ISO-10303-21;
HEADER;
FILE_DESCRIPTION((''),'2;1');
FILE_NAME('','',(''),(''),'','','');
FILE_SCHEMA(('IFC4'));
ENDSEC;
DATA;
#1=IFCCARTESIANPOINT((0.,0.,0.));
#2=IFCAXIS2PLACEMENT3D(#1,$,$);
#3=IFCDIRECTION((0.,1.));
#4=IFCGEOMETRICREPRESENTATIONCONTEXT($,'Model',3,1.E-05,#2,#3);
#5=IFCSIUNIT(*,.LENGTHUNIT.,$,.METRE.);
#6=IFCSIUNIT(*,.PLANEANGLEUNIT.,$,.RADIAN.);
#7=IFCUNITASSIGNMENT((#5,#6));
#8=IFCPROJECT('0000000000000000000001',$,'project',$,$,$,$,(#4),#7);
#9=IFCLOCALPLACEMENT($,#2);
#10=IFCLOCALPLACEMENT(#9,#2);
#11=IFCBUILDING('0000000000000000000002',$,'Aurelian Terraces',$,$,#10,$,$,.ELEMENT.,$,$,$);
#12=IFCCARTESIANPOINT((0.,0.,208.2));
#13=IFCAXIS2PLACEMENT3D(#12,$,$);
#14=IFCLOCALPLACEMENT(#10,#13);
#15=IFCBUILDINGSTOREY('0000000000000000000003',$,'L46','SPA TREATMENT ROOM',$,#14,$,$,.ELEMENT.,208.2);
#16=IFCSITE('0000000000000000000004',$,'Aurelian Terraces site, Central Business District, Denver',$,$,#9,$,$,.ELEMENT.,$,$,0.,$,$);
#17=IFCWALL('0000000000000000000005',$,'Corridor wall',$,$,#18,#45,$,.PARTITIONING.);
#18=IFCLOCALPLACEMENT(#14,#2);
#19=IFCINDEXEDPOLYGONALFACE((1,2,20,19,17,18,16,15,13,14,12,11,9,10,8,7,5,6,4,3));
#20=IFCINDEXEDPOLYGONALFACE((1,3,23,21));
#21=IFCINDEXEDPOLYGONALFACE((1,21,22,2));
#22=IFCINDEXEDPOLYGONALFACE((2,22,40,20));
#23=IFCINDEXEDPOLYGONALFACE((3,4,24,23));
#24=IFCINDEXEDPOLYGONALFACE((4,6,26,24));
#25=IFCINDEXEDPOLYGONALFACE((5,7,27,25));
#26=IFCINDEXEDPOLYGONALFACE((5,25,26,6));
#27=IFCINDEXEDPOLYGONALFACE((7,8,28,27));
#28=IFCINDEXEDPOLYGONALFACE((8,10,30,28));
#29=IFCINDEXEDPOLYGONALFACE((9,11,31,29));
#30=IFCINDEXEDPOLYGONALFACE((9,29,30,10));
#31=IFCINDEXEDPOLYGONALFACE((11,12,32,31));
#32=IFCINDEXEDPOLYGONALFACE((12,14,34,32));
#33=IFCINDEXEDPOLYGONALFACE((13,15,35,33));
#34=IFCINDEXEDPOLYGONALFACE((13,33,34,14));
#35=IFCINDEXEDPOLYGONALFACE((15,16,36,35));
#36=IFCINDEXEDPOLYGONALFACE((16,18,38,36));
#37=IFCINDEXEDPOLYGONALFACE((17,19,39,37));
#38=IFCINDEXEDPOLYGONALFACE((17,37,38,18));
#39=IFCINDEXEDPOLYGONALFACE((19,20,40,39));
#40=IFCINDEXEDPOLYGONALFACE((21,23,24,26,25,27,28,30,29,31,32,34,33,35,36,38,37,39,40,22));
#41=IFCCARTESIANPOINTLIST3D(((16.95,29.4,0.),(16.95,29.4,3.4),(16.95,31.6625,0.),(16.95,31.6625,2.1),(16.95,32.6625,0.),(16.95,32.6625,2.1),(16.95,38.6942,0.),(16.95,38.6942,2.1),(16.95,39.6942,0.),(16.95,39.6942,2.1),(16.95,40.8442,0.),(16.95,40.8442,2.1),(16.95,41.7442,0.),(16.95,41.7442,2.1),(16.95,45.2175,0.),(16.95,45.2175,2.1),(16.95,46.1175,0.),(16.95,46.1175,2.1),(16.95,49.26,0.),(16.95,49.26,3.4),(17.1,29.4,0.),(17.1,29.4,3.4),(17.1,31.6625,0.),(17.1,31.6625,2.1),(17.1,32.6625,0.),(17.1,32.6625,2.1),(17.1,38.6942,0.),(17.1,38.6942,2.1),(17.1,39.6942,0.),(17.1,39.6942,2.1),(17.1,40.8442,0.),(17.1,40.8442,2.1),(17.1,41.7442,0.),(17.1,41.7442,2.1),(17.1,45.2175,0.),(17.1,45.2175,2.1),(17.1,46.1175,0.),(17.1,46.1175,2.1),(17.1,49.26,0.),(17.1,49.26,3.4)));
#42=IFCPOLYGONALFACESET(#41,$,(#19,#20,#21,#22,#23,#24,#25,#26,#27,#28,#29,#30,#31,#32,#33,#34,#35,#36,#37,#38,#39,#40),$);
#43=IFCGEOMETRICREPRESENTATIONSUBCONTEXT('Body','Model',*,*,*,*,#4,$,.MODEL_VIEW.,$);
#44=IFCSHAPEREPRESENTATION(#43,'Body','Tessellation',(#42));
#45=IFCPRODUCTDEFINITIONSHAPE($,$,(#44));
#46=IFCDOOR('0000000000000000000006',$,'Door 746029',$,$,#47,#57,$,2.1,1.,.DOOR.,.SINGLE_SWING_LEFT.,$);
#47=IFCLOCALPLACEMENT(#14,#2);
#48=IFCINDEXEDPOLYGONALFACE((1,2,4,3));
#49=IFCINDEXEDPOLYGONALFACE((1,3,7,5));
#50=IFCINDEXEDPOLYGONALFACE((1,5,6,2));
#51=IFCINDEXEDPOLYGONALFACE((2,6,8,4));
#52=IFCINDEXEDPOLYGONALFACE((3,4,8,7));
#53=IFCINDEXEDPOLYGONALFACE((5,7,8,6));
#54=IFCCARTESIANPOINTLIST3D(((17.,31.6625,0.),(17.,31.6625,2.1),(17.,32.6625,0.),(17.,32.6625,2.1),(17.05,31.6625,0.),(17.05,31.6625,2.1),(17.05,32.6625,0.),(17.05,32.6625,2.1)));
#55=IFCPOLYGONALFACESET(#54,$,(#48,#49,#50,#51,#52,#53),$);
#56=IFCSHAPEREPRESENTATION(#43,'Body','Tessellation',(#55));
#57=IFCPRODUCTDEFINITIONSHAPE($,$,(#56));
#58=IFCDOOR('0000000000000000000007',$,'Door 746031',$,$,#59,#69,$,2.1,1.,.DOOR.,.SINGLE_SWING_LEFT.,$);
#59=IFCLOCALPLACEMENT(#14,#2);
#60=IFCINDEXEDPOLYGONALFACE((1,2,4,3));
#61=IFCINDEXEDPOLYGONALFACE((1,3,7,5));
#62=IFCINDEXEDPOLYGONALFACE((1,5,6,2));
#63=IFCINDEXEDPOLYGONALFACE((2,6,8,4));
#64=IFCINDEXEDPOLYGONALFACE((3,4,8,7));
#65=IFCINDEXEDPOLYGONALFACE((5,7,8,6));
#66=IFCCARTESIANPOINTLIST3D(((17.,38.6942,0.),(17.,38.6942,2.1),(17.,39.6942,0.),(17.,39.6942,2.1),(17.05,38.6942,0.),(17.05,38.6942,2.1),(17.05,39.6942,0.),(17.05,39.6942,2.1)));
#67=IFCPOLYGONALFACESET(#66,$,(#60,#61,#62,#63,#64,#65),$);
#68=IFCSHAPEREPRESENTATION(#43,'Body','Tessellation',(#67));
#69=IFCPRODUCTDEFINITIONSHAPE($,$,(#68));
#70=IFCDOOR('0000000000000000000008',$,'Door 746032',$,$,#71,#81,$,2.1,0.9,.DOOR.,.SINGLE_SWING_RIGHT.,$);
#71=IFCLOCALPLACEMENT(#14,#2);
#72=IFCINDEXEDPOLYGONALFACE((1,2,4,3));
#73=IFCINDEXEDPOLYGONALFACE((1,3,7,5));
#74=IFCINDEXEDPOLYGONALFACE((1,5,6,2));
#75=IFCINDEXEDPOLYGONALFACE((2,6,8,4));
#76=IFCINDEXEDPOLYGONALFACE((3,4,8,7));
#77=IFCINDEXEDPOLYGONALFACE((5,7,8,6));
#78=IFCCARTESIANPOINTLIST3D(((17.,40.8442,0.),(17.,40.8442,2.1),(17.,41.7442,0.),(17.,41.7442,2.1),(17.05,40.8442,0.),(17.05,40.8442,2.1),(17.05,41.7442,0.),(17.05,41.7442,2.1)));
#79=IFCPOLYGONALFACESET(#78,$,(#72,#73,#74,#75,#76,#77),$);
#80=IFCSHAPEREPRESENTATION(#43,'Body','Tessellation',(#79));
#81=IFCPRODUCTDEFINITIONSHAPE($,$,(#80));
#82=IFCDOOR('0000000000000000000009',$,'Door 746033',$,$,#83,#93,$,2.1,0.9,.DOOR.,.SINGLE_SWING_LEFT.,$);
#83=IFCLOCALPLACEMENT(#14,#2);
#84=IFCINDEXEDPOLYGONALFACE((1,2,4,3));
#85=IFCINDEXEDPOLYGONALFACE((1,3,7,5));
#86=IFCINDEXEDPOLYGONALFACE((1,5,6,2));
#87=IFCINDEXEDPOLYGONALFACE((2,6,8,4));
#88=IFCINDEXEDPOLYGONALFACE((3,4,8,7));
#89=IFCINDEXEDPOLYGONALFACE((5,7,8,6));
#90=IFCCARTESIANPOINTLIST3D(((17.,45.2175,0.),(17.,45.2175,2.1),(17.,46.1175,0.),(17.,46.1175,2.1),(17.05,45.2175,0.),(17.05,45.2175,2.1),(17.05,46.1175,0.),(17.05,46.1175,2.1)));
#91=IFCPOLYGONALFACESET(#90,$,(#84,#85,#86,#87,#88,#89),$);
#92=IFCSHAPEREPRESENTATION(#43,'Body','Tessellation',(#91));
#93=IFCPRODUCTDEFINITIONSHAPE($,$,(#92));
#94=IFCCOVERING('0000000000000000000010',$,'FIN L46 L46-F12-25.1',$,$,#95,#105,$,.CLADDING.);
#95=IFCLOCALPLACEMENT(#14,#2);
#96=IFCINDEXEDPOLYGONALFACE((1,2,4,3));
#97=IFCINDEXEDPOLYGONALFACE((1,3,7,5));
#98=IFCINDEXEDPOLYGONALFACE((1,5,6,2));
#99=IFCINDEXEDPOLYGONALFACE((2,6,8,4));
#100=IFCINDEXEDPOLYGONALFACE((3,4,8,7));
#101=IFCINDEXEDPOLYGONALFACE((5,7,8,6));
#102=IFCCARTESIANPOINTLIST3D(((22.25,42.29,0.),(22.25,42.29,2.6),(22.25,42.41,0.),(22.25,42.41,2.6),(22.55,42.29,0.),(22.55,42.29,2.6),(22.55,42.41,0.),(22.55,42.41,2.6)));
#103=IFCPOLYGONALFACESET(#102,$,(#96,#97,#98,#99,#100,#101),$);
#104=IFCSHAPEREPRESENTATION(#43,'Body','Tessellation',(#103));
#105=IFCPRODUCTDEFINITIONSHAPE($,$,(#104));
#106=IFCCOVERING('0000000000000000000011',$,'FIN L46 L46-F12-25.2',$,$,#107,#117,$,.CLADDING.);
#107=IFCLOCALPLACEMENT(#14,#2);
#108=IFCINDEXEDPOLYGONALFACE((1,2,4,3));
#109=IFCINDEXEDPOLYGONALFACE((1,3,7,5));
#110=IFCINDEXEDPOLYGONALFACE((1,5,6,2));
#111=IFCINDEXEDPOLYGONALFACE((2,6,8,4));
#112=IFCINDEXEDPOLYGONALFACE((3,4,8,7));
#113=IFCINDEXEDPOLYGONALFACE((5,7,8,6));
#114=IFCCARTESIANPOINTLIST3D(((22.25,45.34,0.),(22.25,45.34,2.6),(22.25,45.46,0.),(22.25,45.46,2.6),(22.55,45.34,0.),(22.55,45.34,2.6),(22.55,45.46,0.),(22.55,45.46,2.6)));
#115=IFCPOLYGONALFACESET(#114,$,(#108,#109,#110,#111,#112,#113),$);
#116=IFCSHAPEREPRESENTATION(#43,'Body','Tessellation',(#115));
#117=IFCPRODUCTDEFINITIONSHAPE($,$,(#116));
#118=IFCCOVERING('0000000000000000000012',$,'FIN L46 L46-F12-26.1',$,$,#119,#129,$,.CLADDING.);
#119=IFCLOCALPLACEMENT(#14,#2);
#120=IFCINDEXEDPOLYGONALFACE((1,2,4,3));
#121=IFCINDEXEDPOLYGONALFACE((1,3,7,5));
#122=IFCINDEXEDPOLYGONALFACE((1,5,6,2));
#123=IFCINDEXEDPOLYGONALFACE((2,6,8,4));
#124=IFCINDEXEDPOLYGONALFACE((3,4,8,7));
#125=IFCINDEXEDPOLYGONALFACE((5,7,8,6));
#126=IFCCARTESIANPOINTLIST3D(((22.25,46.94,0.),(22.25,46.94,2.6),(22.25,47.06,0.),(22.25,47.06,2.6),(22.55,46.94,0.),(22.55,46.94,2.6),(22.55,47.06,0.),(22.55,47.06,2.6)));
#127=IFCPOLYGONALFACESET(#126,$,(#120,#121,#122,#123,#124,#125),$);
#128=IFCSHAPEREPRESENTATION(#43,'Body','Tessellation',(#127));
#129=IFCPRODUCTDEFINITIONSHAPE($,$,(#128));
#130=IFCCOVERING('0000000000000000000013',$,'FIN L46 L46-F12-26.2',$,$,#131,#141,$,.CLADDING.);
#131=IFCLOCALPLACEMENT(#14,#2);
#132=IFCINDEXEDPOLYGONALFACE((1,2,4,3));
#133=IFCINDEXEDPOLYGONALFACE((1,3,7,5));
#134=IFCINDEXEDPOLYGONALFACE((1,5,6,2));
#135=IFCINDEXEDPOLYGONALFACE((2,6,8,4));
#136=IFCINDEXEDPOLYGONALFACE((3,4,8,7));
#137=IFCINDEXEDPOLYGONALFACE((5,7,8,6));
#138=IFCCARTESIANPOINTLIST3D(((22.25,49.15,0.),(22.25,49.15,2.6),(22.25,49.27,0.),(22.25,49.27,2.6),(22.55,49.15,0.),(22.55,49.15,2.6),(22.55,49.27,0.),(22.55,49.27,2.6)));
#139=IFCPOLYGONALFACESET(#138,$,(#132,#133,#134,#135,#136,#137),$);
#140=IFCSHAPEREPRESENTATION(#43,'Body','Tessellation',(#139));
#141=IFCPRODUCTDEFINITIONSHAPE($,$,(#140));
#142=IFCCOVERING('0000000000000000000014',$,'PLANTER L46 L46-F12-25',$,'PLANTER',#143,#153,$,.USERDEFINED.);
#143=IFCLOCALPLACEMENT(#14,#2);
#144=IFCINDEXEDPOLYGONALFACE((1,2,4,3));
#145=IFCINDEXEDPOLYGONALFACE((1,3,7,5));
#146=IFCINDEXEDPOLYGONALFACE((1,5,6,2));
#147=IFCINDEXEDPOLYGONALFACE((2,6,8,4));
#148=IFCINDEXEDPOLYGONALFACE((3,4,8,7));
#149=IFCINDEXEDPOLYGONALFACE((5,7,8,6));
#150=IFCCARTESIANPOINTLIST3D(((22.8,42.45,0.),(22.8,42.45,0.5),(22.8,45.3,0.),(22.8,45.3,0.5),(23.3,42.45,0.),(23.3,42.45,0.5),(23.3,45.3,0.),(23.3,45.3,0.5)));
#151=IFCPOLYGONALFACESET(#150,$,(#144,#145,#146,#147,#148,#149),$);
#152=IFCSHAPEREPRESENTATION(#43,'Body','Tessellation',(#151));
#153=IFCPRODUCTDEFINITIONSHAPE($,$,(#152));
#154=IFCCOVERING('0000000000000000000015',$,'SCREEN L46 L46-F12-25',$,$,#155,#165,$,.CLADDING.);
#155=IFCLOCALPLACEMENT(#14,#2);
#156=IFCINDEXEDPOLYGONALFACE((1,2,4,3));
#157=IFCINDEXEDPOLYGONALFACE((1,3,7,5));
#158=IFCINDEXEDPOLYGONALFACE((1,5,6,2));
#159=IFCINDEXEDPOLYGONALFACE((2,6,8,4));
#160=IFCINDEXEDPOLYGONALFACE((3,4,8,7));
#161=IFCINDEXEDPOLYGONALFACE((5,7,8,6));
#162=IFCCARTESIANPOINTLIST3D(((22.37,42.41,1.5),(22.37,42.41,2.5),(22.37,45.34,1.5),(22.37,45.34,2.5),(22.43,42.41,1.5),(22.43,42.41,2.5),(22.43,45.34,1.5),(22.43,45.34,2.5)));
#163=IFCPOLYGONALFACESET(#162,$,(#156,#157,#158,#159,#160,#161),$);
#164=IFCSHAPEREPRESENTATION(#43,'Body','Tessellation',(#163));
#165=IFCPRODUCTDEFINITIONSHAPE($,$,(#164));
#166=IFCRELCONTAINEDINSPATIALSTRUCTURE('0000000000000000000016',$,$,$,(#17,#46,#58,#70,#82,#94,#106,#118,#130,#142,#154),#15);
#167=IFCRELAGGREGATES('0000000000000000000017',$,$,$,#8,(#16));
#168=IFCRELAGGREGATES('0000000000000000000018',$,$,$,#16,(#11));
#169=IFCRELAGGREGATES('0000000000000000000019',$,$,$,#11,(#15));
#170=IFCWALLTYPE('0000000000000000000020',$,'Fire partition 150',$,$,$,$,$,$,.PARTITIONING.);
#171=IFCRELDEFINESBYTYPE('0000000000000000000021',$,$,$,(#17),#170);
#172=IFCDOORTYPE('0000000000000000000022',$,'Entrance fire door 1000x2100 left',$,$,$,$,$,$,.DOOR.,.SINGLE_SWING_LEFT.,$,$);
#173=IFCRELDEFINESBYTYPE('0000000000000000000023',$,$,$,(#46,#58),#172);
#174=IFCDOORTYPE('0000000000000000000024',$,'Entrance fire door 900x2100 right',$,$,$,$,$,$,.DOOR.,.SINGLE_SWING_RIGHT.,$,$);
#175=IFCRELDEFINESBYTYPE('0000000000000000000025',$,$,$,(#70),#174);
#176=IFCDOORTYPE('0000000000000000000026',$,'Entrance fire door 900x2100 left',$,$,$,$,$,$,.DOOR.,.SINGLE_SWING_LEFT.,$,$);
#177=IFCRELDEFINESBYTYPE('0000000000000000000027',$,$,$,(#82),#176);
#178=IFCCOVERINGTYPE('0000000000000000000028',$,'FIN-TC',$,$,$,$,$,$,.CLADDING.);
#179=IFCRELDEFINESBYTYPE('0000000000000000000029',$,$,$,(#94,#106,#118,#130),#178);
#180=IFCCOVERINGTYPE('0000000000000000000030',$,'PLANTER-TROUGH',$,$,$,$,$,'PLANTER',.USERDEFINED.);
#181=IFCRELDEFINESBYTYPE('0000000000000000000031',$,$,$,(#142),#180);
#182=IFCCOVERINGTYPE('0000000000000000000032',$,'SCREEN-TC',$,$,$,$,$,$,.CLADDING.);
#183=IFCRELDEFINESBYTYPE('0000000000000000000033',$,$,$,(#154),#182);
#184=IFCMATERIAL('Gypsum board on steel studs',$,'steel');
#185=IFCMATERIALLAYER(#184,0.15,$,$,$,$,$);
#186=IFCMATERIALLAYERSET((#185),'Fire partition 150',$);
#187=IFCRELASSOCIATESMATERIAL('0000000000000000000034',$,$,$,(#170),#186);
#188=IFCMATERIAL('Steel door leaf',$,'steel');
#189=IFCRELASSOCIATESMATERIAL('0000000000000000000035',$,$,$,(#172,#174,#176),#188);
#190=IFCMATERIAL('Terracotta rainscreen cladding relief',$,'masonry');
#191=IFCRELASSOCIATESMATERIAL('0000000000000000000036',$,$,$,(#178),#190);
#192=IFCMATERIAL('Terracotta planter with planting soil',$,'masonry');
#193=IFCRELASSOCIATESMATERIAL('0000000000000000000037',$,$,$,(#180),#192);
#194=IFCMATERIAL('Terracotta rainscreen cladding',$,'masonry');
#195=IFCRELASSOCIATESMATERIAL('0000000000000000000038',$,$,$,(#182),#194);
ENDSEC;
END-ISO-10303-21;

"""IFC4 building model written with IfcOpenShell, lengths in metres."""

from ifc_helpers import new_model, si_unit, direction, frame, frame_2d, origin, origin_2d, place, context, subcontext, project, spatial, rectangle, extrude, source, transform, mapped, material, layer, layer_set, type_object, element, fill, save


model = new_model("IFC4")

# Units and contexts
model_context = context("Model", 3, precision=1e-05, world=origin(), true_north=direction((0.0, 1.0)))
body_context = subcontext(model_context, "Body", "Model", "MODEL_VIEW")
ifc_project = project(units=[si_unit("LENGTHUNIT", "METRE"), si_unit("PLANEANGLEUNIT", "RADIAN")], contexts=[model_context])

# Site, building, storey
site_placement = place(None, origin())
site = spatial("IfcSite", under=ifc_project, at=site_placement, Name="Aurelian Terraces site, Central Business District, Denver", CompositionType="ELEMENT", RefElevation=0.0)
building_placement = place(site_placement, origin())
building = spatial("IfcBuilding", under=site, at=building_placement, Name="Aurelian Terraces", CompositionType="ELEMENT")
storey_placement = place(building_placement, frame((0.0, 0.0, 208.2)))
storey = spatial("IfcBuildingStorey", under=building, at=storey_placement, Name="L46", Description="SPA TREATMENT ROOM", CompositionType="ELEMENT", Elevation=208.2)

# Shared definitions
ifc_material_1 = material(Name="Terracotta rainscreen cladding", Category="masonry")

# Shared definitions
ifc_material_2 = material(Name="Gypsum board on steel studs", Category="steel")
ifc_layer_1 = layer(ifc_material_2, 0.15)
ifc_layer_set_1 = layer_set([ifc_layer_1], Name="Fire partition 150")
wall_type_1 = type_object("IfcWallType", Name="Fire partition 150", PredefinedType="PARTITIONING", material=ifc_layer_set_1)
ifc_material_3 = material(Name="Steel door leaf", Category="steel")

# Wall, openings, doors
shared_shape_1 = source(origin(), body_context, "Body", "SweptSolid", [
    extrude(rectangle(XDim=19.86, YDim=0.15, at=frame_2d((9.93, 0.0))), origin(), (0.0, 0.0, 1.0), 3.4),
])
wall_1_placement = place(storey_placement, frame((17.025, 49.26, 0.0), z_axis=(0.0, 0.0, 1.0), x_axis=(0.0, -1.0, 0.0)))
wall_1 = element("IfcWall", 1, at=wall_1_placement, inside=storey, type_object=wall_type_1, Name="Corridor wall", PredefinedType="PARTITIONING", context=body_context, shape_type="MappedRepresentation", body=[
    mapped(shared_shape_1, transform((0.0, 0.0, 0.0), scale=1.0)),
])
shared_shape_2 = source(origin(), body_context, "Body", "SweptSolid", [
    extrude(rectangle(XDim=1.0, YDim=2.1, at=frame_2d((0.5, 1.05))), frame((0.0, 0.085, 0.0), z_axis=(0.0, -1.0, 0.0), x_axis=(1.0, 0.0, 0.0)), (0.0, 0.0, 1.0), 0.17),
])
opening_1_placement = place(wall_1_placement, frame((16.5975, 0.0, 0.0)))
opening_1 = element("IfcOpeningElement", 2, at=opening_1_placement, cuts=wall_1, PredefinedType="OPENING", context=body_context, shape_type="MappedRepresentation", body=[
    mapped(shared_shape_2, transform((0.0, 0.0, 0.0), scale=1.0)),
])
opening_2_placement = place(wall_1_placement, frame((9.5658, 0.0, 0.0)))
opening_2 = element("IfcOpeningElement", 3, at=opening_2_placement, cuts=wall_1, PredefinedType="OPENING", context=body_context, shape_type="MappedRepresentation", body=[
    mapped(shared_shape_2, transform((0.0, 0.0, 0.0), scale=1.0)),
])
shared_shape_3 = source(origin(), body_context, "Body", "SweptSolid", [
    extrude(rectangle(XDim=0.9, YDim=2.1, at=frame_2d((0.45, 1.05))), frame((0.0, 0.085, 0.0), z_axis=(0.0, -1.0, 0.0), x_axis=(1.0, 0.0, 0.0)), (0.0, 0.0, 1.0), 0.17),
])
opening_3_placement = place(wall_1_placement, frame((7.5158, 0.0, 0.0)))
opening_3 = element("IfcOpeningElement", 4, at=opening_3_placement, cuts=wall_1, PredefinedType="OPENING", context=body_context, shape_type="MappedRepresentation", body=[
    mapped(shared_shape_3, transform((0.0, 0.0, 0.0), scale=1.0)),
])
opening_4_placement = place(wall_1_placement, frame((3.1425, 0.0, 0.0)))
opening_4 = element("IfcOpeningElement", 5, at=opening_4_placement, cuts=wall_1, PredefinedType="OPENING", context=body_context, shape_type="MappedRepresentation", body=[
    mapped(shared_shape_3, transform((0.0, 0.0, 0.0), scale=1.0)),
])
door_type_1 = type_object("IfcDoorType", Name="Entrance fire door 1000x2100 left", OperationType="SINGLE_SWING_LEFT", PredefinedType="DOOR", material=ifc_material_3)
shared_shape_4 = source(origin(), body_context, "Body", "SweptSolid", [
    extrude(rectangle(XDim=1.0, YDim=2.1, at=frame_2d((0.5, 1.05))), frame((0.0, 0.025, 0.0), z_axis=(0.0, -1.0, 0.0), x_axis=(1.0, 0.0, 0.0)), (0.0, 0.0, 1.0), 0.05),
])
door_1_placement = place(opening_1_placement, origin())
door_1 = element("IfcDoor", 6, at=door_1_placement, inside=storey, type_object=door_type_1, Name="Door 746029", OperationType="SINGLE_SWING_LEFT", OverallHeight=2.1, OverallWidth=1.0, PredefinedType="DOOR", context=body_context, shape_type="MappedRepresentation", body=[
    mapped(shared_shape_4, transform((0.0, 0.0, 0.0), scale=1.0)),
])
fill(opening_1, door_1)
door_2_placement = place(opening_2_placement, origin())
door_2 = element("IfcDoor", 7, at=door_2_placement, inside=storey, type_object=door_type_1, Name="Door 746031", OperationType="SINGLE_SWING_LEFT", OverallHeight=2.1, OverallWidth=1.0, PredefinedType="DOOR", context=body_context, shape_type="MappedRepresentation", body=[
    mapped(shared_shape_4, transform((0.0, 0.0, 0.0), scale=1.0)),
])
fill(opening_2, door_2)
door_type_2 = type_object("IfcDoorType", Name="Entrance fire door 900x2100 right", OperationType="SINGLE_SWING_RIGHT", PredefinedType="DOOR", material=ifc_material_3)
shared_shape_5 = source(origin(), body_context, "Body", "SweptSolid", [
    extrude(rectangle(XDim=0.9, YDim=2.1, at=frame_2d((0.45, 1.05))), frame((0.0, 0.025, 0.0), z_axis=(0.0, -1.0, 0.0), x_axis=(1.0, 0.0, 0.0)), (0.0, 0.0, 1.0), 0.05),
])
door_3_placement = place(opening_3_placement, origin())
door_3 = element("IfcDoor", 8, at=door_3_placement, inside=storey, type_object=door_type_2, Name="Door 746032", OperationType="SINGLE_SWING_RIGHT", OverallHeight=2.1, OverallWidth=0.9, PredefinedType="DOOR", context=body_context, shape_type="MappedRepresentation", body=[
    mapped(shared_shape_5, transform((0.0, 0.0, 0.0), scale=1.0)),
])
fill(opening_3, door_3)
door_type_3 = type_object("IfcDoorType", Name="Entrance fire door 900x2100 left", OperationType="SINGLE_SWING_LEFT", PredefinedType="DOOR", material=ifc_material_3)
door_4_placement = place(opening_4_placement, origin())
door_4 = element("IfcDoor", 9, at=door_4_placement, inside=storey, type_object=door_type_3, Name="Door 746033", OperationType="SINGLE_SWING_LEFT", OverallHeight=2.1, OverallWidth=0.9, PredefinedType="DOOR", context=body_context, shape_type="MappedRepresentation", body=[
    mapped(shared_shape_5, transform((0.0, 0.0, 0.0), scale=1.0)),
])
fill(opening_4, door_4)

# Coverings
ifc_material_4 = material(Name="Terracotta rainscreen cladding relief", Category="masonry")
covering_type_1 = type_object("IfcCoveringType", Name="FIN-TC", PredefinedType="CLADDING", material=ifc_material_4)
shared_shape_6 = source(origin(), body_context, "Body", "SweptSolid", [
    extrude(rectangle(XDim=0.3, YDim=0.12, at=origin_2d()), origin(), (0.0, 0.0, 1.0), 2.6),
])
for number, where, z_axis, x_axis, name in (
    (10, (22.4, 42.35, 0.0), (0.0, 0.0, 1.0), (1.0, 0.0, 0.0), "FIN L46 L46-F12-25.1"),
    (11, (22.4, 45.4, 0.0), (0.0, 0.0, 1.0), (1.0, 0.0, 0.0), "FIN L46 L46-F12-25.2"),
    (12, (22.4, 47.0, 0.0), (0.0, 0.0, 1.0), (1.0, 0.0, 0.0), "FIN L46 L46-F12-26.1"),
    (13, (22.4, 49.21, 0.0), (0.0, 0.0, 1.0), (1.0, 0.0, 0.0), "FIN L46 L46-F12-26.2"),
):
    element("IfcCovering", number, at=place(storey_placement, frame(where, z_axis=z_axis, x_axis=x_axis)), inside=storey, type_object=covering_type_1, Name=name, PredefinedType="CLADDING", context=body_context, shape_type="MappedRepresentation", body=[
        mapped(shared_shape_6, transform((0.0, 0.0, 0.0), scale=1.0)),
    ])
ifc_material_5 = material(Name="Terracotta planter with planting soil", Category="masonry")
covering_type_2 = type_object("IfcCoveringType", Name="PLANTER-TROUGH", ElementType="PLANTER", PredefinedType="USERDEFINED", material=ifc_material_5)
shared_shape_7 = source(origin(), body_context, "Body", "SweptSolid", [
    extrude(rectangle(XDim=0.5, YDim=2.85, at=origin_2d()), origin(), (0.0, 0.0, 1.0), 0.5),
])
covering_1_placement = place(storey_placement, frame((23.05, 43.875, 0.0), z_axis=(0.0, 0.0, 1.0), x_axis=(1.0, 0.0, 0.0)))
element("IfcCovering", 14, at=covering_1_placement, inside=storey, type_object=covering_type_2, Name="PLANTER L46 L46-F12-25", ObjectType="PLANTER", PredefinedType="USERDEFINED", context=body_context, shape_type="MappedRepresentation", body=[
    mapped(shared_shape_7, transform((0.0, 0.0, 0.0), scale=1.0)),
])
covering_type_3 = type_object("IfcCoveringType", Name="SCREEN-TC", PredefinedType="CLADDING", material=ifc_material_1)
shared_shape_8 = source(origin(), body_context, "Body", "SweptSolid", [
    extrude(rectangle(XDim=0.06, YDim=2.93, at=origin_2d()), origin(), (0.0, 0.0, 1.0), 1.0),
])
covering_2_placement = place(storey_placement, frame((22.4, 43.875, 1.5), z_axis=(0.0, 0.0, 1.0), x_axis=(1.0, 0.0, 0.0)))
element("IfcCovering", 15, at=covering_2_placement, inside=storey, type_object=covering_type_3, Name="SCREEN L46 L46-F12-25", PredefinedType="CLADDING", context=body_context, shape_type="MappedRepresentation", body=[
    mapped(shared_shape_8, transform((0.0, 0.0, 0.0), scale=1.0)),
])

save(model, "model.ifc")
